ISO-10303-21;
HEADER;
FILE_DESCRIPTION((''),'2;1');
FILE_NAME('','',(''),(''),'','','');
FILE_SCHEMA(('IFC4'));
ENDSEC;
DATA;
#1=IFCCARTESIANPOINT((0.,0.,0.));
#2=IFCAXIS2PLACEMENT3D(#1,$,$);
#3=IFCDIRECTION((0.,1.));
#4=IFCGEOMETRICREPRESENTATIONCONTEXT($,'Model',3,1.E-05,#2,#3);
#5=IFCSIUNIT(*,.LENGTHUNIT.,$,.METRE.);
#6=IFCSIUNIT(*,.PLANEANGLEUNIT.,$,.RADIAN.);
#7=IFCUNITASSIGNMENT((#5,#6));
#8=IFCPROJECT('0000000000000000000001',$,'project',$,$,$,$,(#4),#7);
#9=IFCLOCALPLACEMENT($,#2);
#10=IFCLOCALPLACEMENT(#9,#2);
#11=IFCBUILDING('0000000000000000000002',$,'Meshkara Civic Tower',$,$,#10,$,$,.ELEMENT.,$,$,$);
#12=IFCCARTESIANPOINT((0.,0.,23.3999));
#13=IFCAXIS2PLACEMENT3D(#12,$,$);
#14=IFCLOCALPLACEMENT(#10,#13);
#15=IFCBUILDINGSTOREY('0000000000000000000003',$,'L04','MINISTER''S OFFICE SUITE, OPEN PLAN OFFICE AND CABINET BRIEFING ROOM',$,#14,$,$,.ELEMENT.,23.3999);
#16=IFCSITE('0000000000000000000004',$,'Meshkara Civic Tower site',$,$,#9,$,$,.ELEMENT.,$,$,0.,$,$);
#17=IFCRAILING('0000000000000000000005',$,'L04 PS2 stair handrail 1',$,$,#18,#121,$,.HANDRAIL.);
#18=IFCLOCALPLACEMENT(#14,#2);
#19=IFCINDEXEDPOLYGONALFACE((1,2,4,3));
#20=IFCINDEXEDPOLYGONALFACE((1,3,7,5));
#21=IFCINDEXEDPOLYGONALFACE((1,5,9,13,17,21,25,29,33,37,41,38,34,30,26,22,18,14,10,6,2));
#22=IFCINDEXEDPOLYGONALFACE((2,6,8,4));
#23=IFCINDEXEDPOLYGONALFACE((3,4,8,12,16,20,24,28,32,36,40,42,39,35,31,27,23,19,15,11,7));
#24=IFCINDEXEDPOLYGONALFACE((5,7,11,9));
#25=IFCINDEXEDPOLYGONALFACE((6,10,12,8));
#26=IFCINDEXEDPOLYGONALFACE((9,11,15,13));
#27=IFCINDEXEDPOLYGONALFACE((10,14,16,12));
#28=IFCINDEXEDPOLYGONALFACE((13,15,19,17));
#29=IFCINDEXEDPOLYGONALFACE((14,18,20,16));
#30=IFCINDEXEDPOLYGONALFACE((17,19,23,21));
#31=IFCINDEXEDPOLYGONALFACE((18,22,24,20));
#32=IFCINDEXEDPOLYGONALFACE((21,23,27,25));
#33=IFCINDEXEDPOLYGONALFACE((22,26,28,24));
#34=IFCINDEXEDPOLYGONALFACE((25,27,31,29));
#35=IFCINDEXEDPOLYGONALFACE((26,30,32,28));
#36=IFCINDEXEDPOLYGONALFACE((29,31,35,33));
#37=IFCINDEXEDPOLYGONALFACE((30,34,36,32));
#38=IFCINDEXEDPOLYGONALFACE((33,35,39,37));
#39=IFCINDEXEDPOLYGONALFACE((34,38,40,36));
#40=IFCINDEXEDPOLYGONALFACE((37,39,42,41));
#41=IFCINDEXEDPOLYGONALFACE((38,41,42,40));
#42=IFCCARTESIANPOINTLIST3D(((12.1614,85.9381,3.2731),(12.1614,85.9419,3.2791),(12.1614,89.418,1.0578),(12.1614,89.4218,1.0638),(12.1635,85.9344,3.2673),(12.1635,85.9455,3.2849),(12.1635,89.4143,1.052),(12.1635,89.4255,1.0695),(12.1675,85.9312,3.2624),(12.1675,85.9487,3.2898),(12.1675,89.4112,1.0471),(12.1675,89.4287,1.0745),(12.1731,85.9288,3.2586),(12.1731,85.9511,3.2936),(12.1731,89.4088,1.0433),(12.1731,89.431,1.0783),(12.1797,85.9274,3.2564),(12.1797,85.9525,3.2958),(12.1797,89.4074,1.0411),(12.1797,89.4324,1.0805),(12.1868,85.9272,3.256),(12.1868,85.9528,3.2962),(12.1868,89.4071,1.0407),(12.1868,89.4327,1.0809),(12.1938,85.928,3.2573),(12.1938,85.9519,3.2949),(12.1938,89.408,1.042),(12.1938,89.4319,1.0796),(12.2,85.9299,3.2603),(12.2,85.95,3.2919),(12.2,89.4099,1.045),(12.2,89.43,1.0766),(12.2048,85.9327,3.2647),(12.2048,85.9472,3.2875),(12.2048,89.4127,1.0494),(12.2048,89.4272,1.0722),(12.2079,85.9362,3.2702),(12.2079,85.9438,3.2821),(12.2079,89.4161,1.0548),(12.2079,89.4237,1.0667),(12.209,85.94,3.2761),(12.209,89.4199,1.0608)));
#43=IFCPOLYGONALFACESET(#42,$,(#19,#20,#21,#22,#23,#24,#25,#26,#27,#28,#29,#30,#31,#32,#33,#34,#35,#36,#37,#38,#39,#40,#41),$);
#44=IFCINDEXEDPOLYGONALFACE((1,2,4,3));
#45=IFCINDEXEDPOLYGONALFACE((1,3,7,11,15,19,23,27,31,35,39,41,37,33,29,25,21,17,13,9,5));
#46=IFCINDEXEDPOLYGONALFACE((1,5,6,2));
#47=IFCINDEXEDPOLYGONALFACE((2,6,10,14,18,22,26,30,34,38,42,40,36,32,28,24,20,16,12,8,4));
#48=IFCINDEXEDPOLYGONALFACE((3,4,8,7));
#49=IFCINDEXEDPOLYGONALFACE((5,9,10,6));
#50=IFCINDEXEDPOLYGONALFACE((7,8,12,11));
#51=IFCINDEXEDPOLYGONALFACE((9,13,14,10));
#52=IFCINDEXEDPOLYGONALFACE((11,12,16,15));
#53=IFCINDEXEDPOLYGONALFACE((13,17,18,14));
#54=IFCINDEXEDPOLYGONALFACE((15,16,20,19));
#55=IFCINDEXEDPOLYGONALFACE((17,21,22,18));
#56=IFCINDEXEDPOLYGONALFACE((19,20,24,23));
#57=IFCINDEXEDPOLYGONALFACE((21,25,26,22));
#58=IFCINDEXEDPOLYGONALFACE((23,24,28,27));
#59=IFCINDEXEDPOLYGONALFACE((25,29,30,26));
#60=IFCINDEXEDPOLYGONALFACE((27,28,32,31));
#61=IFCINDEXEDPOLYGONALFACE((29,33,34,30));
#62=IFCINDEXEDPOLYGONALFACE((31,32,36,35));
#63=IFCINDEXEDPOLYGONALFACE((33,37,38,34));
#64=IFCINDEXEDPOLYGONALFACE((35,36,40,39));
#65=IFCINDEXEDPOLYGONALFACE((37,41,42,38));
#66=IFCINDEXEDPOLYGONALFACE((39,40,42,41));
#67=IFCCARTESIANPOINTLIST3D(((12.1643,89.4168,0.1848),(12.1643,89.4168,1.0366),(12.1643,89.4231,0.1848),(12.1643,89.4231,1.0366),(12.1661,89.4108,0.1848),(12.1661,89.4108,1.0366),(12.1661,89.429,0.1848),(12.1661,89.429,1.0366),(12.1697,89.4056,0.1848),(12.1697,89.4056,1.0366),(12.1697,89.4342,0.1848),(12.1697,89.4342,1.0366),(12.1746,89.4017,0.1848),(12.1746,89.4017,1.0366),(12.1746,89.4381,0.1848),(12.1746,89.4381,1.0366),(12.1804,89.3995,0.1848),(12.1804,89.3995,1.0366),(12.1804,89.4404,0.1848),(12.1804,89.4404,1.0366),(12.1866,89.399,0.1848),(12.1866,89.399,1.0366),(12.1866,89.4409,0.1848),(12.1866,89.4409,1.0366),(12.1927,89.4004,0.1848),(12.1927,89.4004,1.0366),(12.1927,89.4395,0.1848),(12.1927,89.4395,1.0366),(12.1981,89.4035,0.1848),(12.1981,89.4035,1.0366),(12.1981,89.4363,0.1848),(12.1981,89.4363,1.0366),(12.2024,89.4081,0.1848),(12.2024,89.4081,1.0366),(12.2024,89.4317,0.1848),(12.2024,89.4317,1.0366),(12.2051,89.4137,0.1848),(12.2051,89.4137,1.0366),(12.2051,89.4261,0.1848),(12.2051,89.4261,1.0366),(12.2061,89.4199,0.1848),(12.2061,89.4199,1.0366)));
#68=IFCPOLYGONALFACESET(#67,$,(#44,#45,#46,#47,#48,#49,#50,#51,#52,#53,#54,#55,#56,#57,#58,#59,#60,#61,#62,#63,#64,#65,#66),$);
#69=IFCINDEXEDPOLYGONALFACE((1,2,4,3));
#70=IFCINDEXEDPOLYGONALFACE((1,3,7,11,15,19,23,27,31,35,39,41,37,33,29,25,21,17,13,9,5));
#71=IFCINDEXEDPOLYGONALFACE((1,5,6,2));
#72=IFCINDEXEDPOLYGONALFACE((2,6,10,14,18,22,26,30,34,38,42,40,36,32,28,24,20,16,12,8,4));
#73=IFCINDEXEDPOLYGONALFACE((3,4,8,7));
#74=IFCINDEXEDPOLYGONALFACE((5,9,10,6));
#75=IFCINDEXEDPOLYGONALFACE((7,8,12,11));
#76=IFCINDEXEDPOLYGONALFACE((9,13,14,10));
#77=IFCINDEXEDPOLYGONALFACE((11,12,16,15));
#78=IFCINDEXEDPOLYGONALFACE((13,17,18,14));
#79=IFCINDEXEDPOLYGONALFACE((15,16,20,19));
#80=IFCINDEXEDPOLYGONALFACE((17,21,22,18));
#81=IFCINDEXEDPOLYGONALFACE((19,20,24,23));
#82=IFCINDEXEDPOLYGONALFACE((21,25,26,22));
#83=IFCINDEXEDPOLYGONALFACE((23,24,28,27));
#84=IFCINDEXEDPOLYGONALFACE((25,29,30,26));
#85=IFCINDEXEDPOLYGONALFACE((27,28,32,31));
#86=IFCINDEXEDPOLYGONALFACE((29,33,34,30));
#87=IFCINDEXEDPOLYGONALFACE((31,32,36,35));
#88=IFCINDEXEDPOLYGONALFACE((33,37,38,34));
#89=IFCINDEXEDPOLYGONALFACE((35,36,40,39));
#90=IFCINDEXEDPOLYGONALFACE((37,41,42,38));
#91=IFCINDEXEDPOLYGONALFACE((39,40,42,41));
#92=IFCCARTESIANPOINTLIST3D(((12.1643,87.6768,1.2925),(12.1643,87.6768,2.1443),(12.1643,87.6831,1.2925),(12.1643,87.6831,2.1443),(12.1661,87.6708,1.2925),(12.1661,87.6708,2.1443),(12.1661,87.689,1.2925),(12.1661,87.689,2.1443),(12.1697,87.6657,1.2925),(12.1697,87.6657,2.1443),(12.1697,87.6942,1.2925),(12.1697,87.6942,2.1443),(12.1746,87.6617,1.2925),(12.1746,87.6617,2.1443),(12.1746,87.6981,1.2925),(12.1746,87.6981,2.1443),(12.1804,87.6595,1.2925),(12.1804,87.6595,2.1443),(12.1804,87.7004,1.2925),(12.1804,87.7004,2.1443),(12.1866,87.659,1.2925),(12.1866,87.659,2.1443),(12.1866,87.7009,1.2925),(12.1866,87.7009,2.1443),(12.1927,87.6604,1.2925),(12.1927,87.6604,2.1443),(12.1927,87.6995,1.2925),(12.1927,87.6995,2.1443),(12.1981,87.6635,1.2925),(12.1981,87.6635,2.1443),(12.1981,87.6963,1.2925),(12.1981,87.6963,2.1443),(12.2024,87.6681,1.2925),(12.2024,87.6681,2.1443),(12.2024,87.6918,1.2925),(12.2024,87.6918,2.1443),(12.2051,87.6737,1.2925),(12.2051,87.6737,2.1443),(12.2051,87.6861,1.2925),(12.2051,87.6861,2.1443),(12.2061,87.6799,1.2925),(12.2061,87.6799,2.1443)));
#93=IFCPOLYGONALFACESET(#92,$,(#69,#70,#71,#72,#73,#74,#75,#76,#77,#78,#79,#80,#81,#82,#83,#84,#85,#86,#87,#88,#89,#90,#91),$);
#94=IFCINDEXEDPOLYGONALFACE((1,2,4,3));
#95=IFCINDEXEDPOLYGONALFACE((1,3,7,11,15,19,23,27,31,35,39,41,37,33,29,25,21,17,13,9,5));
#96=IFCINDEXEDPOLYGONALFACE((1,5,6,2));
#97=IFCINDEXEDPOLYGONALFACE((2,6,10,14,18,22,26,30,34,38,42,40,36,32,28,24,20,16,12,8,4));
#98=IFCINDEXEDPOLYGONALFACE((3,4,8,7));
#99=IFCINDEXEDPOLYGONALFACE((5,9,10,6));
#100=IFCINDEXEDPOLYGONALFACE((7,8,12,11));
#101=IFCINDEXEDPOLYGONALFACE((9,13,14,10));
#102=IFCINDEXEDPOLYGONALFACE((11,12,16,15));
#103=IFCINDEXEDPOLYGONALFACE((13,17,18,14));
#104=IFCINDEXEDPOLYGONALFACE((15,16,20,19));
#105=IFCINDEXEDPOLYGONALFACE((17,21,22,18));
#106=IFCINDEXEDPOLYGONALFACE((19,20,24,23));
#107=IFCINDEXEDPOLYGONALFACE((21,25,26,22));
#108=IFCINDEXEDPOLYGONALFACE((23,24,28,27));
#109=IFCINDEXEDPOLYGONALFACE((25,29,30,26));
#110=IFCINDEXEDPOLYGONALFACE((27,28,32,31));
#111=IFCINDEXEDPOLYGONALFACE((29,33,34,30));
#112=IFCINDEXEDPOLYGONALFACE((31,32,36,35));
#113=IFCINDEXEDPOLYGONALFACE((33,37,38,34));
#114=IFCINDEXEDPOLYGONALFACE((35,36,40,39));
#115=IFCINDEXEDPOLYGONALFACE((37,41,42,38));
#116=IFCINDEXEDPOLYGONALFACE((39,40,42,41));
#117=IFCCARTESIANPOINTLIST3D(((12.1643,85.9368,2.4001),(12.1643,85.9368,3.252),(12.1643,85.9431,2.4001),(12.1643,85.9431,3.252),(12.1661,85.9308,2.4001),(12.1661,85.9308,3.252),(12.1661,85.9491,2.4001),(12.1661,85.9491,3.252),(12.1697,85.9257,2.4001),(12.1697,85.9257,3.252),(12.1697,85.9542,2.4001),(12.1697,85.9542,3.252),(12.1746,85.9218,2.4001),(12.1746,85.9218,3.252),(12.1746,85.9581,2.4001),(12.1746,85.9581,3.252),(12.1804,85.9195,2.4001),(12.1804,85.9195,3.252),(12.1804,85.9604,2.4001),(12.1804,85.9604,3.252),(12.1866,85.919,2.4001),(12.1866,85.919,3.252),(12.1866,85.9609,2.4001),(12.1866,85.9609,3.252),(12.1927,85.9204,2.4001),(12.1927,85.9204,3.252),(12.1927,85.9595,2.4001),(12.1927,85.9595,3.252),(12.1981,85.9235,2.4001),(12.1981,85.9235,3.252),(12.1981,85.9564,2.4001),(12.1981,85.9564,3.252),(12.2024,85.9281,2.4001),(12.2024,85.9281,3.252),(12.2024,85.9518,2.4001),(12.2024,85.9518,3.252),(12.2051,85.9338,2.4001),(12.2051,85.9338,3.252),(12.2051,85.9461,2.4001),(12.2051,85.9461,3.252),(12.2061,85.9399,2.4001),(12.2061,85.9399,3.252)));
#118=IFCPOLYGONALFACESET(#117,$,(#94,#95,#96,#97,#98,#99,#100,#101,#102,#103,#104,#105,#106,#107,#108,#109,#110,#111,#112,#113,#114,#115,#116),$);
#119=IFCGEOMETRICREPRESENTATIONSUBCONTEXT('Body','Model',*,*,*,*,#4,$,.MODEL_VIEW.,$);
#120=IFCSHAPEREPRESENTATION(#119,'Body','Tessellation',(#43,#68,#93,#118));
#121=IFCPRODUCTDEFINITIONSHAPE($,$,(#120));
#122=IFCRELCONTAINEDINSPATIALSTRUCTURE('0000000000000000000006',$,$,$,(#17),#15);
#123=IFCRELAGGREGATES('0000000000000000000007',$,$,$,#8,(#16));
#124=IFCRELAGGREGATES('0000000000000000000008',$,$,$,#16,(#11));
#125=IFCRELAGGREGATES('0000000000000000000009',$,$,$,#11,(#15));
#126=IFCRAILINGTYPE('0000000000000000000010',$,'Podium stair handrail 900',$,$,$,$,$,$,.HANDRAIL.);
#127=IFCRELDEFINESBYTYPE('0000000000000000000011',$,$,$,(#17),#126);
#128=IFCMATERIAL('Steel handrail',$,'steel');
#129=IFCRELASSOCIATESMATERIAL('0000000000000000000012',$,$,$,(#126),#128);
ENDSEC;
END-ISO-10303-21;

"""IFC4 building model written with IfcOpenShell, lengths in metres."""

from ifc_helpers import new_model, si_unit, direction, frame, origin, origin_2d, place, context, subcontext, project, spatial, circle, extrude, material, type_object, element, save


model = new_model("IFC4")

# Units and contexts
model_context = context("Model", 3, precision=1e-05, world=origin(), true_north=direction((0.0, 1.0)))
body_context = subcontext(model_context, "Body", "Model", "MODEL_VIEW")
ifc_project = project(units=[si_unit("LENGTHUNIT", "METRE"), si_unit("PLANEANGLEUNIT", "RADIAN")], contexts=[model_context])

# Site, building, storey
site_placement = place(None, origin())
site = spatial("IfcSite", under=ifc_project, at=site_placement, Name="Meshkara Civic Tower site", CompositionType="ELEMENT", RefElevation=0.0)
building_placement = place(site_placement, origin())
building = spatial("IfcBuilding", under=site, at=building_placement, Name="Meshkara Civic Tower", CompositionType="ELEMENT")
storey_placement = place(building_placement, frame((0.0, 0.0, 23.3999)))
storey = spatial("IfcBuildingStorey", under=building, at=storey_placement, Name="L04", Description="MINISTER'S OFFICE SUITE, OPEN PLAN OFFICE AND CABINET BRIEFING ROOM", CompositionType="ELEMENT", Elevation=23.3999)

# Railing
ifc_material_1 = material(Name="Steel handrail", Category="steel")
railing_type_1 = type_object("IfcRailingType", Name="Podium stair handrail 900", PredefinedType="HANDRAIL", material=ifc_material_1)
railing_1_placement = place(storey_placement, frame((12.1851, 89.4199, 0.1848)))
element("IfcRailing", 1, at=railing_1_placement, inside=storey, type_object=railing_type_1, Name="L04 PS2 stair handrail 1", PredefinedType="HANDRAIL", context=body_context, shape_type="SweptSolid", body=[
    extrude(circle(Radius=0.0239, at=origin_2d()), frame((0.0, 0.0, 0.876), z_axis=(0.0, -0.843574, 0.537013), x_axis=(1.0, 0.0, 0.0)), (0.0, 0.0, 1.0), 4.1252),
    extrude(circle(Radius=0.021, at=origin_2d()), origin(), (0.0, 0.0, 1.0), 0.8518),
    extrude(circle(Radius=0.021, at=origin_2d()), frame((0.0, -1.74, 1.1077)), (0.0, 0.0, 1.0), 0.8518),
    extrude(circle(Radius=0.021, at=origin_2d()), frame((0.0, -3.48, 2.2153)), (0.0, 0.0, 1.0), 0.8518),
])

save(model, "model.ifc")
